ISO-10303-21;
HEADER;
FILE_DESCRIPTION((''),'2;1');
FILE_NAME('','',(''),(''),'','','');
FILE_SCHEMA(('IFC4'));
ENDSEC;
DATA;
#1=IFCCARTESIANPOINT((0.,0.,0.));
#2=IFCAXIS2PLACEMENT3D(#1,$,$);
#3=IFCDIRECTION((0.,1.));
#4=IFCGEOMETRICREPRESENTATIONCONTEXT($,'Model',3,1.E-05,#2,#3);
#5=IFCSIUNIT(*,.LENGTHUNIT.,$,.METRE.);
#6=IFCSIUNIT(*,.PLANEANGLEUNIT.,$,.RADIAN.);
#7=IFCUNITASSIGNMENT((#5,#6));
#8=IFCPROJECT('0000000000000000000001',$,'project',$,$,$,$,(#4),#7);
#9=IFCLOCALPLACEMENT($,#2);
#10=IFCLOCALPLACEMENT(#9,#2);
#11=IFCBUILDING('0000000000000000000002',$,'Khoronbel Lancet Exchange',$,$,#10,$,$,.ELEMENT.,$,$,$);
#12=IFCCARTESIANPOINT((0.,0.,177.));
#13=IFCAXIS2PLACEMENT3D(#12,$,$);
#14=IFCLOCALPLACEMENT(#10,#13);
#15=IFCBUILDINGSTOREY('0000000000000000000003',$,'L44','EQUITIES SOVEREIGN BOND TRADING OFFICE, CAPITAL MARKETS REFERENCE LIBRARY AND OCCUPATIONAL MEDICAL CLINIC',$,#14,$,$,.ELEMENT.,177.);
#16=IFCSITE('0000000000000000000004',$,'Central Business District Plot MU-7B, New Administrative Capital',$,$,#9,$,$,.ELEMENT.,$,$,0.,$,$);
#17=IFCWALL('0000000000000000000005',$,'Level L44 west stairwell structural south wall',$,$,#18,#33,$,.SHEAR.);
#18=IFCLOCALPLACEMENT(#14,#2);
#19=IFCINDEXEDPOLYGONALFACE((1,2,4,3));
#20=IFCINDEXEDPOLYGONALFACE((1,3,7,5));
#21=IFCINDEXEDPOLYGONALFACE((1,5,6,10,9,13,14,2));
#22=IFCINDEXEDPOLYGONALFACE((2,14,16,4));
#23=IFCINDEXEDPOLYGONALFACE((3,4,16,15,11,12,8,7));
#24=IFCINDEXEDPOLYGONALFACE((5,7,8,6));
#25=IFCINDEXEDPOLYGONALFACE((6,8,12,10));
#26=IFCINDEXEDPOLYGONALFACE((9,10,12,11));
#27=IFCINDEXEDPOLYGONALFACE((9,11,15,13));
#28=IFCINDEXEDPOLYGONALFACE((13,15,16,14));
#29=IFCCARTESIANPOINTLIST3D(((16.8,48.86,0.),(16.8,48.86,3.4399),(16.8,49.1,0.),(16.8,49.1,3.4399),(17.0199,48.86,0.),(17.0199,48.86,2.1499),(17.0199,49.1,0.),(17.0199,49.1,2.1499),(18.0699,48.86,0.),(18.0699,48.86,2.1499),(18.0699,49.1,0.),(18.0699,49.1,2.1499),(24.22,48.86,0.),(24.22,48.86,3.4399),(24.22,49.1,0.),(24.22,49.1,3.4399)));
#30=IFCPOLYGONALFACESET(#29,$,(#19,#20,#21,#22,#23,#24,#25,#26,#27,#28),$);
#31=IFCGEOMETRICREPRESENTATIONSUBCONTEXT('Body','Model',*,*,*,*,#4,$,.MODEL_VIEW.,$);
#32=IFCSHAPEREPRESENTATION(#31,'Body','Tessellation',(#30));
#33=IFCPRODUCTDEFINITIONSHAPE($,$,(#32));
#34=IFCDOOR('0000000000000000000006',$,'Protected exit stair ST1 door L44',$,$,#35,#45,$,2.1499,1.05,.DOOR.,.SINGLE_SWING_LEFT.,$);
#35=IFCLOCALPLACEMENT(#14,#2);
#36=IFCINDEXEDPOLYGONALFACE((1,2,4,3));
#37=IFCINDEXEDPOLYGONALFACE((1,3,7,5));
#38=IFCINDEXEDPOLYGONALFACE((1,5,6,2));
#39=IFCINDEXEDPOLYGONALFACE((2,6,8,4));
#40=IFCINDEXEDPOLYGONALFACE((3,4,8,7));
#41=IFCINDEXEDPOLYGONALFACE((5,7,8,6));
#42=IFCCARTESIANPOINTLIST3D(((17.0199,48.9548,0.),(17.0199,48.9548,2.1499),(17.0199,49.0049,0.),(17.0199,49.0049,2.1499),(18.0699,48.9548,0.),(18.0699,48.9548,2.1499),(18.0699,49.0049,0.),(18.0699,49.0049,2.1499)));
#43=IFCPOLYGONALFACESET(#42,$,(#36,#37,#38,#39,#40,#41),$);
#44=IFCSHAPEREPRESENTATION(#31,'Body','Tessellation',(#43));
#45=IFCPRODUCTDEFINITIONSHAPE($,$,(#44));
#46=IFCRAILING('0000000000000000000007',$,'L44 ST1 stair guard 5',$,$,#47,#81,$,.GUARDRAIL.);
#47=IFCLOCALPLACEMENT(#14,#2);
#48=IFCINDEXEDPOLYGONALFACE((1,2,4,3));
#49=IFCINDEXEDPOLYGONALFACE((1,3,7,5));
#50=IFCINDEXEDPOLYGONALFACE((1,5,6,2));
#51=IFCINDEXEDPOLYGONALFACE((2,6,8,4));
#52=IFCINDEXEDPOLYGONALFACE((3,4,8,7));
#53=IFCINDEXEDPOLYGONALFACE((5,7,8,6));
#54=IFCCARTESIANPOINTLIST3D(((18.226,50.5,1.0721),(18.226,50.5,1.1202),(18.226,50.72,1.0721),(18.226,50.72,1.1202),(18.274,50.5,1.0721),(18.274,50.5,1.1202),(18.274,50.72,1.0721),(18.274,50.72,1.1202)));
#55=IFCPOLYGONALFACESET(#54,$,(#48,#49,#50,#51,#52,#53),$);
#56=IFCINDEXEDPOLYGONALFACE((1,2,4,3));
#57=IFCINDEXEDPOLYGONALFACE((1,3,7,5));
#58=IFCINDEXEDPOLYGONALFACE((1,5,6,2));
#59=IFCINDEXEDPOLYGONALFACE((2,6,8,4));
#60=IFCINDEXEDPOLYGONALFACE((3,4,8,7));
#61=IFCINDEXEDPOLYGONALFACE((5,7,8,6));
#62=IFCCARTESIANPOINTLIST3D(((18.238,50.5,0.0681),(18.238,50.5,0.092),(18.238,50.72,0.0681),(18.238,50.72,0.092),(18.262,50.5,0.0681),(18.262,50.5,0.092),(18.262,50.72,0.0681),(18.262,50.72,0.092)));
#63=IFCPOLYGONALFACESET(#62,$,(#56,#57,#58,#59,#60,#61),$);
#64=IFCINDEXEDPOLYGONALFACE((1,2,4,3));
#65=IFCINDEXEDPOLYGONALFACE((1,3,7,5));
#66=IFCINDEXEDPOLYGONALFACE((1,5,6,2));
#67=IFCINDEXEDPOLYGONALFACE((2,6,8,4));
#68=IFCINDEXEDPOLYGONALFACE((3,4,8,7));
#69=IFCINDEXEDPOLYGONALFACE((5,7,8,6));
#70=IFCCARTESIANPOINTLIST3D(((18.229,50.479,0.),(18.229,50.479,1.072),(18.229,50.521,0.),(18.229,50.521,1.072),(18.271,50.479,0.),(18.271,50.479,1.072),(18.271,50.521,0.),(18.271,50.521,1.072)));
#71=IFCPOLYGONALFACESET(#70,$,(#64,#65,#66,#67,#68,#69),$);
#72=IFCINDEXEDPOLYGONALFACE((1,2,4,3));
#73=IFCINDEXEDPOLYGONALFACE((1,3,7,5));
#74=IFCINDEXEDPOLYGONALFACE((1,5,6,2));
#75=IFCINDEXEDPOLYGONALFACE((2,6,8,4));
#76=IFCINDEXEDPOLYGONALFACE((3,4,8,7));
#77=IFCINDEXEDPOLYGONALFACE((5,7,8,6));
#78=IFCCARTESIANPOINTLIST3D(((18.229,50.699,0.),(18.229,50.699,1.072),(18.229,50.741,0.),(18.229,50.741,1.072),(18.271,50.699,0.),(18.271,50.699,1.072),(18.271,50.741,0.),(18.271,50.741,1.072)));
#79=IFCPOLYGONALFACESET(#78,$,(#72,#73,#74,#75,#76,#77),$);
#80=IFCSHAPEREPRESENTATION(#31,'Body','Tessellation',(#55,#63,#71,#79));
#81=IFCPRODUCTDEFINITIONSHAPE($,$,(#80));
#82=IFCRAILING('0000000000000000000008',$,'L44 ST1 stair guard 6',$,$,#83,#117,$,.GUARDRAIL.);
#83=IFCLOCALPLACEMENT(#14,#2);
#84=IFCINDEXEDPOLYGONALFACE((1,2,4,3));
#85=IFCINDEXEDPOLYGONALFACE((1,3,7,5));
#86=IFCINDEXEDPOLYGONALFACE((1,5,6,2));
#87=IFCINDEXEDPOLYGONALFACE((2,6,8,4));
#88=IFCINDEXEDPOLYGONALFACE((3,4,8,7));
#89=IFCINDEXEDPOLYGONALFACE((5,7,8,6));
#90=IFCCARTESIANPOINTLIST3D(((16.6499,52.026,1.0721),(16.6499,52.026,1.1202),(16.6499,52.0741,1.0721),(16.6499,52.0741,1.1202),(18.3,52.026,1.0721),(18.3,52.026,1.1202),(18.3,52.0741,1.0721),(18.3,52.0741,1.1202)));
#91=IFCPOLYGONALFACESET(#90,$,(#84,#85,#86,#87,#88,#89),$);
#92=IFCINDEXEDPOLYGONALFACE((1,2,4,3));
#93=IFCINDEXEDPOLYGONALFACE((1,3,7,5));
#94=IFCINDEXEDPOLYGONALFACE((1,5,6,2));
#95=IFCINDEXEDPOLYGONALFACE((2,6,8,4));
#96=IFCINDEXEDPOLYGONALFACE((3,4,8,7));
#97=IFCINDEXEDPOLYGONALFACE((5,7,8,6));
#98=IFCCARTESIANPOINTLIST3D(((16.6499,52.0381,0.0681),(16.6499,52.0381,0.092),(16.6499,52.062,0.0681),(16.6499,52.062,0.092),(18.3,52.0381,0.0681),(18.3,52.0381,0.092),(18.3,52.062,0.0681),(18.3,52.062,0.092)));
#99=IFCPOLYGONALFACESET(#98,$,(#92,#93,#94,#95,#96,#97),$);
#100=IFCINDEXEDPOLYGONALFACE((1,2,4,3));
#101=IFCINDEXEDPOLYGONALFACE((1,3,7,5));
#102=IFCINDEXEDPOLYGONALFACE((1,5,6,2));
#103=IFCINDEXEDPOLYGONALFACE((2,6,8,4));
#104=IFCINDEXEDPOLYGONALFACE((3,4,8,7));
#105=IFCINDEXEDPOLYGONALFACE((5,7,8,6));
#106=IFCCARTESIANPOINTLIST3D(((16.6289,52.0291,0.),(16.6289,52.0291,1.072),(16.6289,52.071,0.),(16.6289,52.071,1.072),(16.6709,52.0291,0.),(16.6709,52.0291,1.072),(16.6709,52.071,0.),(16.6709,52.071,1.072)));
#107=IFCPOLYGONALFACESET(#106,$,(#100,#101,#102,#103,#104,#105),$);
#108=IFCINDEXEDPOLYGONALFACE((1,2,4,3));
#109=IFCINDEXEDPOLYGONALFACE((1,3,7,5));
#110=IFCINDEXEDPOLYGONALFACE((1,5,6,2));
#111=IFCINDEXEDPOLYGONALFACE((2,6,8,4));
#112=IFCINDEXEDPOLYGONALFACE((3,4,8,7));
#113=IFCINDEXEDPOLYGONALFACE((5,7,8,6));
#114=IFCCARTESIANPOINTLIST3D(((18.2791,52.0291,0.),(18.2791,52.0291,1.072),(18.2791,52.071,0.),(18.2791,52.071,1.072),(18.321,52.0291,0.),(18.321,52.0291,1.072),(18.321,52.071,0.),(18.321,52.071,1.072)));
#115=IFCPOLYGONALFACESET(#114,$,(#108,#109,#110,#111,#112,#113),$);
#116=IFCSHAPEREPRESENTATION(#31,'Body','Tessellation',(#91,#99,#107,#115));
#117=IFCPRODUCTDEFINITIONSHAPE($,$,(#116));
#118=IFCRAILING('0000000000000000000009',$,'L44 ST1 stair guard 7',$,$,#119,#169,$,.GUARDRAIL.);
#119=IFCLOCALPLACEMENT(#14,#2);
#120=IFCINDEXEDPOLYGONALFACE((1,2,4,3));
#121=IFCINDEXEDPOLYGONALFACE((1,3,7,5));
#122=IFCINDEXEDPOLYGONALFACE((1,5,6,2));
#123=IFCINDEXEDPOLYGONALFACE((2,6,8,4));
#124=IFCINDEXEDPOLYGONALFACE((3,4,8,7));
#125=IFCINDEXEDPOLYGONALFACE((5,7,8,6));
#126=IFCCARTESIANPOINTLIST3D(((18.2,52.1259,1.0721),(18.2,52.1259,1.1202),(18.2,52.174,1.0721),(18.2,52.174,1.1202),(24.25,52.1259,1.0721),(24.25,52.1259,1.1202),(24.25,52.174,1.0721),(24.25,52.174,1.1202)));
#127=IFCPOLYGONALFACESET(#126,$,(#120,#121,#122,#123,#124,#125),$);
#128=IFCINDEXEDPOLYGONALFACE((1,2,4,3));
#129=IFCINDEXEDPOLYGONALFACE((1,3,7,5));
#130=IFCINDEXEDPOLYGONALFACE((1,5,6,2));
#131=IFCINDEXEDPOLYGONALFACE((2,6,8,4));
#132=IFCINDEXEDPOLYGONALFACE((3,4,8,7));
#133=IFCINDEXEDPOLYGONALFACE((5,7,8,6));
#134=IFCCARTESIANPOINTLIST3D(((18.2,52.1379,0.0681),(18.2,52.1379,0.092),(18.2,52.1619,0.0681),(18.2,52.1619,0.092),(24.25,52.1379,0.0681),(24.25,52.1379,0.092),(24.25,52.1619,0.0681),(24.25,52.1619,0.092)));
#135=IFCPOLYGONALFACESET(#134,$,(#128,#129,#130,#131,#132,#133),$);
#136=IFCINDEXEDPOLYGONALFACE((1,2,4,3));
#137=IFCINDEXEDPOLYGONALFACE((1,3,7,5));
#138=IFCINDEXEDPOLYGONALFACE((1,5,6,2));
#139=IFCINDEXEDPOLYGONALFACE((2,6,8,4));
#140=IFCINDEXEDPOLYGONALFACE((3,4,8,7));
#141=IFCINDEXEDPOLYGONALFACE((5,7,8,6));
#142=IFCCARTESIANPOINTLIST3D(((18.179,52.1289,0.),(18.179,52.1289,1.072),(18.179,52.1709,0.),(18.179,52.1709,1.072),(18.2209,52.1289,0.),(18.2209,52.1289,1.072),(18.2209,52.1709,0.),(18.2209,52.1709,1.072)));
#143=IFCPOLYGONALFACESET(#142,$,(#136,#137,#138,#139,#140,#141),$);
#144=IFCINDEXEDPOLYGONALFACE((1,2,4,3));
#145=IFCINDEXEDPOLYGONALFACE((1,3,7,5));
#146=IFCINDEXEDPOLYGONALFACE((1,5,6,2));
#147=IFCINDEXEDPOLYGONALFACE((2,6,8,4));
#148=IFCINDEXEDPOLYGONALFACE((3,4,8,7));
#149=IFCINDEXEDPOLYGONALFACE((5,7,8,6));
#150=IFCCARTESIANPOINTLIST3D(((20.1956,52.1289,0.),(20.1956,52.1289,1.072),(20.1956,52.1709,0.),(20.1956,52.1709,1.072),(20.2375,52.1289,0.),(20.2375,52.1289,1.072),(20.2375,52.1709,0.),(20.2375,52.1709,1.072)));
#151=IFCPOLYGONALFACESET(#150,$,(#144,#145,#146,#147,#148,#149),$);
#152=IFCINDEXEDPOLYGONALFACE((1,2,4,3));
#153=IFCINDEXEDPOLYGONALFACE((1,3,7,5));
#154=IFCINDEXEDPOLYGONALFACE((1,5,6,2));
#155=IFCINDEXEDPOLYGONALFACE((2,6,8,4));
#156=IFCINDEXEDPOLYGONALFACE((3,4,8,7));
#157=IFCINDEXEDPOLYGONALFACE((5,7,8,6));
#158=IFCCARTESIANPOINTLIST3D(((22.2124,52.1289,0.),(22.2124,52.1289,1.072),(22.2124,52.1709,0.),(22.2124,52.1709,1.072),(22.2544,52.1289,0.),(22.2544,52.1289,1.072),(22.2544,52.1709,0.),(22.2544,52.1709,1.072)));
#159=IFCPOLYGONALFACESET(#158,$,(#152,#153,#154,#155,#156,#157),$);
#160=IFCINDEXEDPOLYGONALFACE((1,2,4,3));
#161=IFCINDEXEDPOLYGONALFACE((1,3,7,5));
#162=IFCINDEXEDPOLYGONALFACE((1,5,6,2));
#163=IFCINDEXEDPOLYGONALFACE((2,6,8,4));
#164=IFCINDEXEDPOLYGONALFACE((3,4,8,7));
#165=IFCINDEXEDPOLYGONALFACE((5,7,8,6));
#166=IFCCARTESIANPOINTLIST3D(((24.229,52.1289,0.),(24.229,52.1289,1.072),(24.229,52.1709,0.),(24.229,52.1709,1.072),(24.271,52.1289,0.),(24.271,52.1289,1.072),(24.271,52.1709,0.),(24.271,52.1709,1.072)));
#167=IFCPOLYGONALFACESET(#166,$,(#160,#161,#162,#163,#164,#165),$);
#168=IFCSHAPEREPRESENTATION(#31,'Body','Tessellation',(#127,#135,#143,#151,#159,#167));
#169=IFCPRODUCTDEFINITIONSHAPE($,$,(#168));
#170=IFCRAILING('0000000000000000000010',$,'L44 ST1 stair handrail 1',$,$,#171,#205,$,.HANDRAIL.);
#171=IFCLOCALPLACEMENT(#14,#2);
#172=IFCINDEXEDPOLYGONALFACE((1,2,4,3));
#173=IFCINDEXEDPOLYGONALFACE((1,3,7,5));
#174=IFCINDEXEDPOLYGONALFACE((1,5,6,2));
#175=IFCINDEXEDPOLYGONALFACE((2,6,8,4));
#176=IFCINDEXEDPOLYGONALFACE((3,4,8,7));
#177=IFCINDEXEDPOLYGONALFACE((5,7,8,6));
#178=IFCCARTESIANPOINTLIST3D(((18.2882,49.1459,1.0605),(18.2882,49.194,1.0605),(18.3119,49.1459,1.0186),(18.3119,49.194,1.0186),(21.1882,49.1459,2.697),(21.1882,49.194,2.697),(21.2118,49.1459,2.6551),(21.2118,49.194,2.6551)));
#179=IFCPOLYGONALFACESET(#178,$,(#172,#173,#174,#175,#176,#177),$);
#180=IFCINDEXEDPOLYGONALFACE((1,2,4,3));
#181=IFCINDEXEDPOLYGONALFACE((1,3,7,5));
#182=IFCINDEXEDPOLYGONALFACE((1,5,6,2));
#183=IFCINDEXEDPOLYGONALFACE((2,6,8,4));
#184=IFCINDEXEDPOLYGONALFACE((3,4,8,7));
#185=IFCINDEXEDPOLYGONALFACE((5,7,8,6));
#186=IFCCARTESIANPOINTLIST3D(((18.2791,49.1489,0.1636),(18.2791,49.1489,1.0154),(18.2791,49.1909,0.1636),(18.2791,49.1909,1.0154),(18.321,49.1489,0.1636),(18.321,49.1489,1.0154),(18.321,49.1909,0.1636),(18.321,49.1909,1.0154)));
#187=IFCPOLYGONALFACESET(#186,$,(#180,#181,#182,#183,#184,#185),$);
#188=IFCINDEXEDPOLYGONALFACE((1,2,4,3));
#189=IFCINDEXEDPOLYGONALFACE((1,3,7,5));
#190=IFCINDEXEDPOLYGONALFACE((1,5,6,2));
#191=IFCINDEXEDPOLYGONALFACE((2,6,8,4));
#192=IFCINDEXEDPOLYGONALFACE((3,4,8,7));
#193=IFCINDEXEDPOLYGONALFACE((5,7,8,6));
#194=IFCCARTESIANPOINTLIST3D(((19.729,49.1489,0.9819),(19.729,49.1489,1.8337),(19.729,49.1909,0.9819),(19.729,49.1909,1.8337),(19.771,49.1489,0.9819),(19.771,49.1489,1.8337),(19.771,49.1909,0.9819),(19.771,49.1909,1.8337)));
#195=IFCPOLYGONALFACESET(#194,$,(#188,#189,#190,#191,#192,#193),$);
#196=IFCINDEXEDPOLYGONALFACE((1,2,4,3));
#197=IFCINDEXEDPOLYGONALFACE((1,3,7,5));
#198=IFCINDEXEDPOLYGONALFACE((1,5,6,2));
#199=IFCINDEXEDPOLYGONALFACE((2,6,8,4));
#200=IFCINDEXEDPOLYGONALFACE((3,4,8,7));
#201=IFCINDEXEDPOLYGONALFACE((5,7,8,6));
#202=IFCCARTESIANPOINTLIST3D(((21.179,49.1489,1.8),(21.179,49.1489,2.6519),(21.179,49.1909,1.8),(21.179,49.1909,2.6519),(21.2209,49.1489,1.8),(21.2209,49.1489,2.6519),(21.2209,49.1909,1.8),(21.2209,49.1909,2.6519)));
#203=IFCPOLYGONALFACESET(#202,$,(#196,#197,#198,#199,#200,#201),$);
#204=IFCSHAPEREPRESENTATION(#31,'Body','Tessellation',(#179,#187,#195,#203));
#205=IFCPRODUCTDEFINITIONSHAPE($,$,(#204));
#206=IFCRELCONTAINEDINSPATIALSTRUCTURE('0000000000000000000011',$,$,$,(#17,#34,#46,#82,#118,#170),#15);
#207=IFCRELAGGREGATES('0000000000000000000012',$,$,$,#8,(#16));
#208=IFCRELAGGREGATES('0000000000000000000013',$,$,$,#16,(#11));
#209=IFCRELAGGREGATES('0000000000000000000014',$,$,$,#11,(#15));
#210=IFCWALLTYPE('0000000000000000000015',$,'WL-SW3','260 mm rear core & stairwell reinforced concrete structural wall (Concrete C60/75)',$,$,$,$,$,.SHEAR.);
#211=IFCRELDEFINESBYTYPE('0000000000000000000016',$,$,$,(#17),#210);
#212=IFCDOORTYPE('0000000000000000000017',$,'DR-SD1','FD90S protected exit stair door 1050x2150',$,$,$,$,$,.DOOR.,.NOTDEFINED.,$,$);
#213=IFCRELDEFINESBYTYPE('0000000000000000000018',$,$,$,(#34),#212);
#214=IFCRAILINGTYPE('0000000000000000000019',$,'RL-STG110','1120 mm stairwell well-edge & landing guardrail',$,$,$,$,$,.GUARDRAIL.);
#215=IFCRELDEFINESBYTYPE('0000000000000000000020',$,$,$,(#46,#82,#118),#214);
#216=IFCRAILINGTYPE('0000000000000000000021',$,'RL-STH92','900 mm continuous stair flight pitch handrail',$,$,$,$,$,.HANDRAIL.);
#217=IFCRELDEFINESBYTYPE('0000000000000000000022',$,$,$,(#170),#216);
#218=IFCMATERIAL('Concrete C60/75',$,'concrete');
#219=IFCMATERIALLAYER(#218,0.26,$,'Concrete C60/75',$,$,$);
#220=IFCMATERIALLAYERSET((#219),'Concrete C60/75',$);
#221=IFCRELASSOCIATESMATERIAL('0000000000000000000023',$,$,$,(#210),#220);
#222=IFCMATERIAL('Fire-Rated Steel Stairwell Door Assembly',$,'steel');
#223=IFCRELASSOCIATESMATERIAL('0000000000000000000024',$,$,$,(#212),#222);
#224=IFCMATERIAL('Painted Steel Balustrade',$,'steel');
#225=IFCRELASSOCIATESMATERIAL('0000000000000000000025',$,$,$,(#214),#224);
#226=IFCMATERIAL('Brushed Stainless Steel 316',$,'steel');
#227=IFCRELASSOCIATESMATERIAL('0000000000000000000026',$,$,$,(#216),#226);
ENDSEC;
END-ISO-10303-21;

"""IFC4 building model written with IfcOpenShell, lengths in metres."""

from ifc_helpers import new_model, si_unit, direction, frame, frame_2d, origin, origin_2d, place, context, subcontext, project, spatial, rectangle, extrude, material, layer, layer_set, type_object, element, fill, save


model = new_model("IFC4")

# Units and contexts
model_context = context("Model", 3, precision=1e-05, world=origin(), true_north=direction((0.0, 1.0)))
body_context = subcontext(model_context, "Body", "Model", "MODEL_VIEW")
ifc_project = project(units=[si_unit("LENGTHUNIT", "METRE"), si_unit("PLANEANGLEUNIT", "RADIAN")], contexts=[model_context])

# Site, building, storey
site_placement = place(None, origin())
site = spatial("IfcSite", under=ifc_project, at=site_placement, Name="Central Business District Plot MU-7B, New Administrative Capital", CompositionType="ELEMENT", RefElevation=0.0)
building_placement = place(site_placement, origin())
building = spatial("IfcBuilding", under=site, at=building_placement, Name="Khoronbel Lancet Exchange", CompositionType="ELEMENT")
storey_placement = place(building_placement, frame((0.0, 0.0, 177.0)))
storey = spatial("IfcBuildingStorey", under=building, at=storey_placement, Name="L44", Description="EQUITIES SOVEREIGN BOND TRADING OFFICE, CAPITAL MARKETS REFERENCE LIBRARY AND OCCUPATIONAL MEDICAL CLINIC", CompositionType="ELEMENT", Elevation=177.0)

# Shared definitions
ifc_material_1 = material(Name="Concrete C60/75", Category="concrete")

# Wall, opening, door
ifc_layer_1 = layer(ifc_material_1, 0.26, Name="Concrete C60/75")
ifc_layer_set_1 = layer_set([ifc_layer_1], Name="Concrete C60/75")
wall_type_1 = type_object("IfcWallType", Name="WL-SW3", Description="260 mm rear core & stairwell reinforced concrete structural wall (Concrete C60/75)", PredefinedType="SHEAR", material=ifc_layer_set_1)
wall_1_placement = place(storey_placement, frame((16.8, 48.98, 0.0), z_axis=(0.0, 0.0, 1.0), x_axis=(1.0, 0.0, 0.0)))
wall_1 = element("IfcWall", 1, at=wall_1_placement, inside=storey, type_object=wall_type_1, Name="Level L44 west stairwell structural south wall", PredefinedType="SHEAR", context=body_context, shape_type="SweptSolid", body=[
    extrude(rectangle(XDim=7.4199, YDim=0.24, at=frame_2d((3.71, 0.0))), origin(), (0.0, 0.0, 1.0), 3.4399),
])
opening_placement = place(wall_1_placement, frame((0.22, 0.0, 0.0)))
opening = element("IfcOpeningElement", 2, at=opening_placement, cuts=wall_1, PredefinedType="OPENING", context=body_context, shape_type="SweptSolid", body=[
    extrude(rectangle(XDim=1.05, YDim=2.1499, at=frame_2d((0.5249, 1.075))), frame((0.0, 0.1299, 0.0), z_axis=(0.0, -1.0, 0.0), x_axis=(1.0, 0.0, 0.0)), (0.0, 0.0, 1.0), 0.26),
])
ifc_material_2 = material(Name="Fire-Rated Steel Stairwell Door Assembly", Category="steel")
door_type = type_object("IfcDoorType", Name="DR-SD1", Description="FD90S protected exit stair door 1050x2150", OperationType="NOTDEFINED", PredefinedType="DOOR", material=ifc_material_2)
door_placement = place(opening_placement, origin())
door = element("IfcDoor", 3, at=door_placement, inside=storey, type_object=door_type, Name="Protected exit stair ST1 door L44", OperationType="SINGLE_SWING_LEFT", OverallHeight=2.1499, OverallWidth=1.05, PredefinedType="DOOR", context=body_context, shape_type="SweptSolid", body=[
    extrude(rectangle(XDim=1.05, YDim=2.1499, at=frame_2d((0.5249, 1.075))), frame((0.0, 0.0249, 0.0), z_axis=(0.0, -1.0, 0.0), x_axis=(1.0, 0.0, 0.0)), (0.0, 0.0, 1.0), 0.05),
])
fill(opening, door)

# Railings
ifc_material_3 = material(Name="Painted Steel Balustrade", Category="steel")
railing_type_1 = type_object("IfcRailingType", Name="RL-STG110", Description="1120 mm stairwell well-edge & landing guardrail", PredefinedType="GUARDRAIL", material=ifc_material_3)
railing_1_placement = place(storey_placement, frame((18.25, 50.5, 0.0)))
element("IfcRailing", 4, at=railing_1_placement, inside=storey, type_object=railing_type_1, Name="L44 ST1 stair guard 5", PredefinedType="GUARDRAIL", context=body_context, shape_type="SweptSolid", body=[
    extrude(rectangle(XDim=0.0481, YDim=0.0481, at=origin_2d()), frame((0.0, 0.0, 1.0962), z_axis=(0.0, 1.0, 0.0), x_axis=(-1.0, 0.0, 0.0)), (0.0, 0.0, 1.0), 0.22),
    extrude(rectangle(XDim=0.0239, YDim=0.0239, at=origin_2d()), frame((0.0, 0.0, 0.0801), z_axis=(0.0, 1.0, 0.0), x_axis=(-1.0, 0.0, 0.0)), (0.0, 0.0, 1.0), 0.22),
    extrude(rectangle(XDim=0.042, YDim=0.042, at=origin_2d()), origin(), (0.0, 0.0, 1.0), 1.072),
    extrude(rectangle(XDim=0.042, YDim=0.042, at=origin_2d()), frame((0.0, 0.22, 0.0)), (0.0, 0.0, 1.0), 1.072),
])
railing_2_placement = place(storey_placement, frame((16.6499, 52.05, 0.0)))
element("IfcRailing", 5, at=railing_2_placement, inside=storey, type_object=railing_type_1, Name="L44 ST1 stair guard 6", PredefinedType="GUARDRAIL", context=body_context, shape_type="SweptSolid", body=[
    extrude(rectangle(XDim=0.0481, YDim=0.0481, at=origin_2d()), frame((0.0, 0.0, 1.0962), z_axis=(1.0, 0.0, 0.0), x_axis=(0.0, 1.0, 0.0)), (0.0, 0.0, 1.0), 1.6501),
    extrude(rectangle(XDim=0.0239, YDim=0.0239, at=origin_2d()), frame((0.0, 0.0, 0.0801), z_axis=(1.0, 0.0, 0.0), x_axis=(0.0, 1.0, 0.0)), (0.0, 0.0, 1.0), 1.6501),
    extrude(rectangle(XDim=0.042, YDim=0.042, at=origin_2d()), origin(), (0.0, 0.0, 1.0), 1.072),
    extrude(rectangle(XDim=0.042, YDim=0.042, at=origin_2d()), frame((1.6501, 0.0, 0.0)), (0.0, 0.0, 1.0), 1.072),
])
railing_3_placement = place(storey_placement, frame((18.2, 52.1499, 0.0)))
element("IfcRailing", 6, at=railing_3_placement, inside=storey, type_object=railing_type_1, Name="L44 ST1 stair guard 7", PredefinedType="GUARDRAIL", context=body_context, shape_type="SweptSolid", body=[
    extrude(rectangle(XDim=0.0481, YDim=0.0481, at=origin_2d()), frame((0.0, 0.0, 1.0962), z_axis=(1.0, 0.0, 0.0), x_axis=(0.0, 1.0, 0.0)), (0.0, 0.0, 1.0), 6.05),
    extrude(rectangle(XDim=0.0239, YDim=0.0239, at=origin_2d()), frame((0.0, 0.0, 0.0801), z_axis=(1.0, 0.0, 0.0), x_axis=(0.0, 1.0, 0.0)), (0.0, 0.0, 1.0), 6.05),
    extrude(rectangle(XDim=0.042, YDim=0.042, at=origin_2d()), origin(), (0.0, 0.0, 1.0), 1.072),
    extrude(rectangle(XDim=0.042, YDim=0.042, at=origin_2d()), frame((2.0166, 0.0, 0.0)), (0.0, 0.0, 1.0), 1.072),
    extrude(rectangle(XDim=0.042, YDim=0.042, at=origin_2d()), frame((4.0334, 0.0, 0.0)), (0.0, 0.0, 1.0), 1.072),
    extrude(rectangle(XDim=0.042, YDim=0.042, at=origin_2d()), frame((6.05, 0.0, 0.0)), (0.0, 0.0, 1.0), 1.072),
])
ifc_material_4 = material(Name="Brushed Stainless Steel 316", Category="steel")
railing_type_2 = type_object("IfcRailingType", Name="RL-STH92", Description="900 mm continuous stair flight pitch handrail", PredefinedType="HANDRAIL", material=ifc_material_4)
railing_4_placement = place(storey_placement, frame((18.3, 49.1699, 0.1636)))
element("IfcRailing", 7, at=railing_4_placement, inside=storey, type_object=railing_type_2, Name="L44 ST1 stair handrail 1", PredefinedType="HANDRAIL", context=body_context, shape_type="SweptSolid", body=[
    extrude(rectangle(XDim=0.0481, YDim=0.0481, at=origin_2d()), frame((0.0, 0.0, 0.876), z_axis=(0.870897, 0.0, 0.491465), x_axis=(0.0, 1.0, 0.0)), (0.0, 0.0, 1.0), 3.3298),
    extrude(rectangle(XDim=0.042, YDim=0.042, at=origin_2d()), origin(), (0.0, 0.0, 1.0), 0.8518),
    extrude(rectangle(XDim=0.042, YDim=0.042, at=origin_2d()), frame((1.45, 0.0, 0.8184)), (0.0, 0.0, 1.0), 0.8518),
    extrude(rectangle(XDim=0.042, YDim=0.042, at=origin_2d()), frame((2.8999, 0.0, 1.6365)), (0.0, 0.0, 1.0), 0.8518),
])

save(model, "model.ifc")
